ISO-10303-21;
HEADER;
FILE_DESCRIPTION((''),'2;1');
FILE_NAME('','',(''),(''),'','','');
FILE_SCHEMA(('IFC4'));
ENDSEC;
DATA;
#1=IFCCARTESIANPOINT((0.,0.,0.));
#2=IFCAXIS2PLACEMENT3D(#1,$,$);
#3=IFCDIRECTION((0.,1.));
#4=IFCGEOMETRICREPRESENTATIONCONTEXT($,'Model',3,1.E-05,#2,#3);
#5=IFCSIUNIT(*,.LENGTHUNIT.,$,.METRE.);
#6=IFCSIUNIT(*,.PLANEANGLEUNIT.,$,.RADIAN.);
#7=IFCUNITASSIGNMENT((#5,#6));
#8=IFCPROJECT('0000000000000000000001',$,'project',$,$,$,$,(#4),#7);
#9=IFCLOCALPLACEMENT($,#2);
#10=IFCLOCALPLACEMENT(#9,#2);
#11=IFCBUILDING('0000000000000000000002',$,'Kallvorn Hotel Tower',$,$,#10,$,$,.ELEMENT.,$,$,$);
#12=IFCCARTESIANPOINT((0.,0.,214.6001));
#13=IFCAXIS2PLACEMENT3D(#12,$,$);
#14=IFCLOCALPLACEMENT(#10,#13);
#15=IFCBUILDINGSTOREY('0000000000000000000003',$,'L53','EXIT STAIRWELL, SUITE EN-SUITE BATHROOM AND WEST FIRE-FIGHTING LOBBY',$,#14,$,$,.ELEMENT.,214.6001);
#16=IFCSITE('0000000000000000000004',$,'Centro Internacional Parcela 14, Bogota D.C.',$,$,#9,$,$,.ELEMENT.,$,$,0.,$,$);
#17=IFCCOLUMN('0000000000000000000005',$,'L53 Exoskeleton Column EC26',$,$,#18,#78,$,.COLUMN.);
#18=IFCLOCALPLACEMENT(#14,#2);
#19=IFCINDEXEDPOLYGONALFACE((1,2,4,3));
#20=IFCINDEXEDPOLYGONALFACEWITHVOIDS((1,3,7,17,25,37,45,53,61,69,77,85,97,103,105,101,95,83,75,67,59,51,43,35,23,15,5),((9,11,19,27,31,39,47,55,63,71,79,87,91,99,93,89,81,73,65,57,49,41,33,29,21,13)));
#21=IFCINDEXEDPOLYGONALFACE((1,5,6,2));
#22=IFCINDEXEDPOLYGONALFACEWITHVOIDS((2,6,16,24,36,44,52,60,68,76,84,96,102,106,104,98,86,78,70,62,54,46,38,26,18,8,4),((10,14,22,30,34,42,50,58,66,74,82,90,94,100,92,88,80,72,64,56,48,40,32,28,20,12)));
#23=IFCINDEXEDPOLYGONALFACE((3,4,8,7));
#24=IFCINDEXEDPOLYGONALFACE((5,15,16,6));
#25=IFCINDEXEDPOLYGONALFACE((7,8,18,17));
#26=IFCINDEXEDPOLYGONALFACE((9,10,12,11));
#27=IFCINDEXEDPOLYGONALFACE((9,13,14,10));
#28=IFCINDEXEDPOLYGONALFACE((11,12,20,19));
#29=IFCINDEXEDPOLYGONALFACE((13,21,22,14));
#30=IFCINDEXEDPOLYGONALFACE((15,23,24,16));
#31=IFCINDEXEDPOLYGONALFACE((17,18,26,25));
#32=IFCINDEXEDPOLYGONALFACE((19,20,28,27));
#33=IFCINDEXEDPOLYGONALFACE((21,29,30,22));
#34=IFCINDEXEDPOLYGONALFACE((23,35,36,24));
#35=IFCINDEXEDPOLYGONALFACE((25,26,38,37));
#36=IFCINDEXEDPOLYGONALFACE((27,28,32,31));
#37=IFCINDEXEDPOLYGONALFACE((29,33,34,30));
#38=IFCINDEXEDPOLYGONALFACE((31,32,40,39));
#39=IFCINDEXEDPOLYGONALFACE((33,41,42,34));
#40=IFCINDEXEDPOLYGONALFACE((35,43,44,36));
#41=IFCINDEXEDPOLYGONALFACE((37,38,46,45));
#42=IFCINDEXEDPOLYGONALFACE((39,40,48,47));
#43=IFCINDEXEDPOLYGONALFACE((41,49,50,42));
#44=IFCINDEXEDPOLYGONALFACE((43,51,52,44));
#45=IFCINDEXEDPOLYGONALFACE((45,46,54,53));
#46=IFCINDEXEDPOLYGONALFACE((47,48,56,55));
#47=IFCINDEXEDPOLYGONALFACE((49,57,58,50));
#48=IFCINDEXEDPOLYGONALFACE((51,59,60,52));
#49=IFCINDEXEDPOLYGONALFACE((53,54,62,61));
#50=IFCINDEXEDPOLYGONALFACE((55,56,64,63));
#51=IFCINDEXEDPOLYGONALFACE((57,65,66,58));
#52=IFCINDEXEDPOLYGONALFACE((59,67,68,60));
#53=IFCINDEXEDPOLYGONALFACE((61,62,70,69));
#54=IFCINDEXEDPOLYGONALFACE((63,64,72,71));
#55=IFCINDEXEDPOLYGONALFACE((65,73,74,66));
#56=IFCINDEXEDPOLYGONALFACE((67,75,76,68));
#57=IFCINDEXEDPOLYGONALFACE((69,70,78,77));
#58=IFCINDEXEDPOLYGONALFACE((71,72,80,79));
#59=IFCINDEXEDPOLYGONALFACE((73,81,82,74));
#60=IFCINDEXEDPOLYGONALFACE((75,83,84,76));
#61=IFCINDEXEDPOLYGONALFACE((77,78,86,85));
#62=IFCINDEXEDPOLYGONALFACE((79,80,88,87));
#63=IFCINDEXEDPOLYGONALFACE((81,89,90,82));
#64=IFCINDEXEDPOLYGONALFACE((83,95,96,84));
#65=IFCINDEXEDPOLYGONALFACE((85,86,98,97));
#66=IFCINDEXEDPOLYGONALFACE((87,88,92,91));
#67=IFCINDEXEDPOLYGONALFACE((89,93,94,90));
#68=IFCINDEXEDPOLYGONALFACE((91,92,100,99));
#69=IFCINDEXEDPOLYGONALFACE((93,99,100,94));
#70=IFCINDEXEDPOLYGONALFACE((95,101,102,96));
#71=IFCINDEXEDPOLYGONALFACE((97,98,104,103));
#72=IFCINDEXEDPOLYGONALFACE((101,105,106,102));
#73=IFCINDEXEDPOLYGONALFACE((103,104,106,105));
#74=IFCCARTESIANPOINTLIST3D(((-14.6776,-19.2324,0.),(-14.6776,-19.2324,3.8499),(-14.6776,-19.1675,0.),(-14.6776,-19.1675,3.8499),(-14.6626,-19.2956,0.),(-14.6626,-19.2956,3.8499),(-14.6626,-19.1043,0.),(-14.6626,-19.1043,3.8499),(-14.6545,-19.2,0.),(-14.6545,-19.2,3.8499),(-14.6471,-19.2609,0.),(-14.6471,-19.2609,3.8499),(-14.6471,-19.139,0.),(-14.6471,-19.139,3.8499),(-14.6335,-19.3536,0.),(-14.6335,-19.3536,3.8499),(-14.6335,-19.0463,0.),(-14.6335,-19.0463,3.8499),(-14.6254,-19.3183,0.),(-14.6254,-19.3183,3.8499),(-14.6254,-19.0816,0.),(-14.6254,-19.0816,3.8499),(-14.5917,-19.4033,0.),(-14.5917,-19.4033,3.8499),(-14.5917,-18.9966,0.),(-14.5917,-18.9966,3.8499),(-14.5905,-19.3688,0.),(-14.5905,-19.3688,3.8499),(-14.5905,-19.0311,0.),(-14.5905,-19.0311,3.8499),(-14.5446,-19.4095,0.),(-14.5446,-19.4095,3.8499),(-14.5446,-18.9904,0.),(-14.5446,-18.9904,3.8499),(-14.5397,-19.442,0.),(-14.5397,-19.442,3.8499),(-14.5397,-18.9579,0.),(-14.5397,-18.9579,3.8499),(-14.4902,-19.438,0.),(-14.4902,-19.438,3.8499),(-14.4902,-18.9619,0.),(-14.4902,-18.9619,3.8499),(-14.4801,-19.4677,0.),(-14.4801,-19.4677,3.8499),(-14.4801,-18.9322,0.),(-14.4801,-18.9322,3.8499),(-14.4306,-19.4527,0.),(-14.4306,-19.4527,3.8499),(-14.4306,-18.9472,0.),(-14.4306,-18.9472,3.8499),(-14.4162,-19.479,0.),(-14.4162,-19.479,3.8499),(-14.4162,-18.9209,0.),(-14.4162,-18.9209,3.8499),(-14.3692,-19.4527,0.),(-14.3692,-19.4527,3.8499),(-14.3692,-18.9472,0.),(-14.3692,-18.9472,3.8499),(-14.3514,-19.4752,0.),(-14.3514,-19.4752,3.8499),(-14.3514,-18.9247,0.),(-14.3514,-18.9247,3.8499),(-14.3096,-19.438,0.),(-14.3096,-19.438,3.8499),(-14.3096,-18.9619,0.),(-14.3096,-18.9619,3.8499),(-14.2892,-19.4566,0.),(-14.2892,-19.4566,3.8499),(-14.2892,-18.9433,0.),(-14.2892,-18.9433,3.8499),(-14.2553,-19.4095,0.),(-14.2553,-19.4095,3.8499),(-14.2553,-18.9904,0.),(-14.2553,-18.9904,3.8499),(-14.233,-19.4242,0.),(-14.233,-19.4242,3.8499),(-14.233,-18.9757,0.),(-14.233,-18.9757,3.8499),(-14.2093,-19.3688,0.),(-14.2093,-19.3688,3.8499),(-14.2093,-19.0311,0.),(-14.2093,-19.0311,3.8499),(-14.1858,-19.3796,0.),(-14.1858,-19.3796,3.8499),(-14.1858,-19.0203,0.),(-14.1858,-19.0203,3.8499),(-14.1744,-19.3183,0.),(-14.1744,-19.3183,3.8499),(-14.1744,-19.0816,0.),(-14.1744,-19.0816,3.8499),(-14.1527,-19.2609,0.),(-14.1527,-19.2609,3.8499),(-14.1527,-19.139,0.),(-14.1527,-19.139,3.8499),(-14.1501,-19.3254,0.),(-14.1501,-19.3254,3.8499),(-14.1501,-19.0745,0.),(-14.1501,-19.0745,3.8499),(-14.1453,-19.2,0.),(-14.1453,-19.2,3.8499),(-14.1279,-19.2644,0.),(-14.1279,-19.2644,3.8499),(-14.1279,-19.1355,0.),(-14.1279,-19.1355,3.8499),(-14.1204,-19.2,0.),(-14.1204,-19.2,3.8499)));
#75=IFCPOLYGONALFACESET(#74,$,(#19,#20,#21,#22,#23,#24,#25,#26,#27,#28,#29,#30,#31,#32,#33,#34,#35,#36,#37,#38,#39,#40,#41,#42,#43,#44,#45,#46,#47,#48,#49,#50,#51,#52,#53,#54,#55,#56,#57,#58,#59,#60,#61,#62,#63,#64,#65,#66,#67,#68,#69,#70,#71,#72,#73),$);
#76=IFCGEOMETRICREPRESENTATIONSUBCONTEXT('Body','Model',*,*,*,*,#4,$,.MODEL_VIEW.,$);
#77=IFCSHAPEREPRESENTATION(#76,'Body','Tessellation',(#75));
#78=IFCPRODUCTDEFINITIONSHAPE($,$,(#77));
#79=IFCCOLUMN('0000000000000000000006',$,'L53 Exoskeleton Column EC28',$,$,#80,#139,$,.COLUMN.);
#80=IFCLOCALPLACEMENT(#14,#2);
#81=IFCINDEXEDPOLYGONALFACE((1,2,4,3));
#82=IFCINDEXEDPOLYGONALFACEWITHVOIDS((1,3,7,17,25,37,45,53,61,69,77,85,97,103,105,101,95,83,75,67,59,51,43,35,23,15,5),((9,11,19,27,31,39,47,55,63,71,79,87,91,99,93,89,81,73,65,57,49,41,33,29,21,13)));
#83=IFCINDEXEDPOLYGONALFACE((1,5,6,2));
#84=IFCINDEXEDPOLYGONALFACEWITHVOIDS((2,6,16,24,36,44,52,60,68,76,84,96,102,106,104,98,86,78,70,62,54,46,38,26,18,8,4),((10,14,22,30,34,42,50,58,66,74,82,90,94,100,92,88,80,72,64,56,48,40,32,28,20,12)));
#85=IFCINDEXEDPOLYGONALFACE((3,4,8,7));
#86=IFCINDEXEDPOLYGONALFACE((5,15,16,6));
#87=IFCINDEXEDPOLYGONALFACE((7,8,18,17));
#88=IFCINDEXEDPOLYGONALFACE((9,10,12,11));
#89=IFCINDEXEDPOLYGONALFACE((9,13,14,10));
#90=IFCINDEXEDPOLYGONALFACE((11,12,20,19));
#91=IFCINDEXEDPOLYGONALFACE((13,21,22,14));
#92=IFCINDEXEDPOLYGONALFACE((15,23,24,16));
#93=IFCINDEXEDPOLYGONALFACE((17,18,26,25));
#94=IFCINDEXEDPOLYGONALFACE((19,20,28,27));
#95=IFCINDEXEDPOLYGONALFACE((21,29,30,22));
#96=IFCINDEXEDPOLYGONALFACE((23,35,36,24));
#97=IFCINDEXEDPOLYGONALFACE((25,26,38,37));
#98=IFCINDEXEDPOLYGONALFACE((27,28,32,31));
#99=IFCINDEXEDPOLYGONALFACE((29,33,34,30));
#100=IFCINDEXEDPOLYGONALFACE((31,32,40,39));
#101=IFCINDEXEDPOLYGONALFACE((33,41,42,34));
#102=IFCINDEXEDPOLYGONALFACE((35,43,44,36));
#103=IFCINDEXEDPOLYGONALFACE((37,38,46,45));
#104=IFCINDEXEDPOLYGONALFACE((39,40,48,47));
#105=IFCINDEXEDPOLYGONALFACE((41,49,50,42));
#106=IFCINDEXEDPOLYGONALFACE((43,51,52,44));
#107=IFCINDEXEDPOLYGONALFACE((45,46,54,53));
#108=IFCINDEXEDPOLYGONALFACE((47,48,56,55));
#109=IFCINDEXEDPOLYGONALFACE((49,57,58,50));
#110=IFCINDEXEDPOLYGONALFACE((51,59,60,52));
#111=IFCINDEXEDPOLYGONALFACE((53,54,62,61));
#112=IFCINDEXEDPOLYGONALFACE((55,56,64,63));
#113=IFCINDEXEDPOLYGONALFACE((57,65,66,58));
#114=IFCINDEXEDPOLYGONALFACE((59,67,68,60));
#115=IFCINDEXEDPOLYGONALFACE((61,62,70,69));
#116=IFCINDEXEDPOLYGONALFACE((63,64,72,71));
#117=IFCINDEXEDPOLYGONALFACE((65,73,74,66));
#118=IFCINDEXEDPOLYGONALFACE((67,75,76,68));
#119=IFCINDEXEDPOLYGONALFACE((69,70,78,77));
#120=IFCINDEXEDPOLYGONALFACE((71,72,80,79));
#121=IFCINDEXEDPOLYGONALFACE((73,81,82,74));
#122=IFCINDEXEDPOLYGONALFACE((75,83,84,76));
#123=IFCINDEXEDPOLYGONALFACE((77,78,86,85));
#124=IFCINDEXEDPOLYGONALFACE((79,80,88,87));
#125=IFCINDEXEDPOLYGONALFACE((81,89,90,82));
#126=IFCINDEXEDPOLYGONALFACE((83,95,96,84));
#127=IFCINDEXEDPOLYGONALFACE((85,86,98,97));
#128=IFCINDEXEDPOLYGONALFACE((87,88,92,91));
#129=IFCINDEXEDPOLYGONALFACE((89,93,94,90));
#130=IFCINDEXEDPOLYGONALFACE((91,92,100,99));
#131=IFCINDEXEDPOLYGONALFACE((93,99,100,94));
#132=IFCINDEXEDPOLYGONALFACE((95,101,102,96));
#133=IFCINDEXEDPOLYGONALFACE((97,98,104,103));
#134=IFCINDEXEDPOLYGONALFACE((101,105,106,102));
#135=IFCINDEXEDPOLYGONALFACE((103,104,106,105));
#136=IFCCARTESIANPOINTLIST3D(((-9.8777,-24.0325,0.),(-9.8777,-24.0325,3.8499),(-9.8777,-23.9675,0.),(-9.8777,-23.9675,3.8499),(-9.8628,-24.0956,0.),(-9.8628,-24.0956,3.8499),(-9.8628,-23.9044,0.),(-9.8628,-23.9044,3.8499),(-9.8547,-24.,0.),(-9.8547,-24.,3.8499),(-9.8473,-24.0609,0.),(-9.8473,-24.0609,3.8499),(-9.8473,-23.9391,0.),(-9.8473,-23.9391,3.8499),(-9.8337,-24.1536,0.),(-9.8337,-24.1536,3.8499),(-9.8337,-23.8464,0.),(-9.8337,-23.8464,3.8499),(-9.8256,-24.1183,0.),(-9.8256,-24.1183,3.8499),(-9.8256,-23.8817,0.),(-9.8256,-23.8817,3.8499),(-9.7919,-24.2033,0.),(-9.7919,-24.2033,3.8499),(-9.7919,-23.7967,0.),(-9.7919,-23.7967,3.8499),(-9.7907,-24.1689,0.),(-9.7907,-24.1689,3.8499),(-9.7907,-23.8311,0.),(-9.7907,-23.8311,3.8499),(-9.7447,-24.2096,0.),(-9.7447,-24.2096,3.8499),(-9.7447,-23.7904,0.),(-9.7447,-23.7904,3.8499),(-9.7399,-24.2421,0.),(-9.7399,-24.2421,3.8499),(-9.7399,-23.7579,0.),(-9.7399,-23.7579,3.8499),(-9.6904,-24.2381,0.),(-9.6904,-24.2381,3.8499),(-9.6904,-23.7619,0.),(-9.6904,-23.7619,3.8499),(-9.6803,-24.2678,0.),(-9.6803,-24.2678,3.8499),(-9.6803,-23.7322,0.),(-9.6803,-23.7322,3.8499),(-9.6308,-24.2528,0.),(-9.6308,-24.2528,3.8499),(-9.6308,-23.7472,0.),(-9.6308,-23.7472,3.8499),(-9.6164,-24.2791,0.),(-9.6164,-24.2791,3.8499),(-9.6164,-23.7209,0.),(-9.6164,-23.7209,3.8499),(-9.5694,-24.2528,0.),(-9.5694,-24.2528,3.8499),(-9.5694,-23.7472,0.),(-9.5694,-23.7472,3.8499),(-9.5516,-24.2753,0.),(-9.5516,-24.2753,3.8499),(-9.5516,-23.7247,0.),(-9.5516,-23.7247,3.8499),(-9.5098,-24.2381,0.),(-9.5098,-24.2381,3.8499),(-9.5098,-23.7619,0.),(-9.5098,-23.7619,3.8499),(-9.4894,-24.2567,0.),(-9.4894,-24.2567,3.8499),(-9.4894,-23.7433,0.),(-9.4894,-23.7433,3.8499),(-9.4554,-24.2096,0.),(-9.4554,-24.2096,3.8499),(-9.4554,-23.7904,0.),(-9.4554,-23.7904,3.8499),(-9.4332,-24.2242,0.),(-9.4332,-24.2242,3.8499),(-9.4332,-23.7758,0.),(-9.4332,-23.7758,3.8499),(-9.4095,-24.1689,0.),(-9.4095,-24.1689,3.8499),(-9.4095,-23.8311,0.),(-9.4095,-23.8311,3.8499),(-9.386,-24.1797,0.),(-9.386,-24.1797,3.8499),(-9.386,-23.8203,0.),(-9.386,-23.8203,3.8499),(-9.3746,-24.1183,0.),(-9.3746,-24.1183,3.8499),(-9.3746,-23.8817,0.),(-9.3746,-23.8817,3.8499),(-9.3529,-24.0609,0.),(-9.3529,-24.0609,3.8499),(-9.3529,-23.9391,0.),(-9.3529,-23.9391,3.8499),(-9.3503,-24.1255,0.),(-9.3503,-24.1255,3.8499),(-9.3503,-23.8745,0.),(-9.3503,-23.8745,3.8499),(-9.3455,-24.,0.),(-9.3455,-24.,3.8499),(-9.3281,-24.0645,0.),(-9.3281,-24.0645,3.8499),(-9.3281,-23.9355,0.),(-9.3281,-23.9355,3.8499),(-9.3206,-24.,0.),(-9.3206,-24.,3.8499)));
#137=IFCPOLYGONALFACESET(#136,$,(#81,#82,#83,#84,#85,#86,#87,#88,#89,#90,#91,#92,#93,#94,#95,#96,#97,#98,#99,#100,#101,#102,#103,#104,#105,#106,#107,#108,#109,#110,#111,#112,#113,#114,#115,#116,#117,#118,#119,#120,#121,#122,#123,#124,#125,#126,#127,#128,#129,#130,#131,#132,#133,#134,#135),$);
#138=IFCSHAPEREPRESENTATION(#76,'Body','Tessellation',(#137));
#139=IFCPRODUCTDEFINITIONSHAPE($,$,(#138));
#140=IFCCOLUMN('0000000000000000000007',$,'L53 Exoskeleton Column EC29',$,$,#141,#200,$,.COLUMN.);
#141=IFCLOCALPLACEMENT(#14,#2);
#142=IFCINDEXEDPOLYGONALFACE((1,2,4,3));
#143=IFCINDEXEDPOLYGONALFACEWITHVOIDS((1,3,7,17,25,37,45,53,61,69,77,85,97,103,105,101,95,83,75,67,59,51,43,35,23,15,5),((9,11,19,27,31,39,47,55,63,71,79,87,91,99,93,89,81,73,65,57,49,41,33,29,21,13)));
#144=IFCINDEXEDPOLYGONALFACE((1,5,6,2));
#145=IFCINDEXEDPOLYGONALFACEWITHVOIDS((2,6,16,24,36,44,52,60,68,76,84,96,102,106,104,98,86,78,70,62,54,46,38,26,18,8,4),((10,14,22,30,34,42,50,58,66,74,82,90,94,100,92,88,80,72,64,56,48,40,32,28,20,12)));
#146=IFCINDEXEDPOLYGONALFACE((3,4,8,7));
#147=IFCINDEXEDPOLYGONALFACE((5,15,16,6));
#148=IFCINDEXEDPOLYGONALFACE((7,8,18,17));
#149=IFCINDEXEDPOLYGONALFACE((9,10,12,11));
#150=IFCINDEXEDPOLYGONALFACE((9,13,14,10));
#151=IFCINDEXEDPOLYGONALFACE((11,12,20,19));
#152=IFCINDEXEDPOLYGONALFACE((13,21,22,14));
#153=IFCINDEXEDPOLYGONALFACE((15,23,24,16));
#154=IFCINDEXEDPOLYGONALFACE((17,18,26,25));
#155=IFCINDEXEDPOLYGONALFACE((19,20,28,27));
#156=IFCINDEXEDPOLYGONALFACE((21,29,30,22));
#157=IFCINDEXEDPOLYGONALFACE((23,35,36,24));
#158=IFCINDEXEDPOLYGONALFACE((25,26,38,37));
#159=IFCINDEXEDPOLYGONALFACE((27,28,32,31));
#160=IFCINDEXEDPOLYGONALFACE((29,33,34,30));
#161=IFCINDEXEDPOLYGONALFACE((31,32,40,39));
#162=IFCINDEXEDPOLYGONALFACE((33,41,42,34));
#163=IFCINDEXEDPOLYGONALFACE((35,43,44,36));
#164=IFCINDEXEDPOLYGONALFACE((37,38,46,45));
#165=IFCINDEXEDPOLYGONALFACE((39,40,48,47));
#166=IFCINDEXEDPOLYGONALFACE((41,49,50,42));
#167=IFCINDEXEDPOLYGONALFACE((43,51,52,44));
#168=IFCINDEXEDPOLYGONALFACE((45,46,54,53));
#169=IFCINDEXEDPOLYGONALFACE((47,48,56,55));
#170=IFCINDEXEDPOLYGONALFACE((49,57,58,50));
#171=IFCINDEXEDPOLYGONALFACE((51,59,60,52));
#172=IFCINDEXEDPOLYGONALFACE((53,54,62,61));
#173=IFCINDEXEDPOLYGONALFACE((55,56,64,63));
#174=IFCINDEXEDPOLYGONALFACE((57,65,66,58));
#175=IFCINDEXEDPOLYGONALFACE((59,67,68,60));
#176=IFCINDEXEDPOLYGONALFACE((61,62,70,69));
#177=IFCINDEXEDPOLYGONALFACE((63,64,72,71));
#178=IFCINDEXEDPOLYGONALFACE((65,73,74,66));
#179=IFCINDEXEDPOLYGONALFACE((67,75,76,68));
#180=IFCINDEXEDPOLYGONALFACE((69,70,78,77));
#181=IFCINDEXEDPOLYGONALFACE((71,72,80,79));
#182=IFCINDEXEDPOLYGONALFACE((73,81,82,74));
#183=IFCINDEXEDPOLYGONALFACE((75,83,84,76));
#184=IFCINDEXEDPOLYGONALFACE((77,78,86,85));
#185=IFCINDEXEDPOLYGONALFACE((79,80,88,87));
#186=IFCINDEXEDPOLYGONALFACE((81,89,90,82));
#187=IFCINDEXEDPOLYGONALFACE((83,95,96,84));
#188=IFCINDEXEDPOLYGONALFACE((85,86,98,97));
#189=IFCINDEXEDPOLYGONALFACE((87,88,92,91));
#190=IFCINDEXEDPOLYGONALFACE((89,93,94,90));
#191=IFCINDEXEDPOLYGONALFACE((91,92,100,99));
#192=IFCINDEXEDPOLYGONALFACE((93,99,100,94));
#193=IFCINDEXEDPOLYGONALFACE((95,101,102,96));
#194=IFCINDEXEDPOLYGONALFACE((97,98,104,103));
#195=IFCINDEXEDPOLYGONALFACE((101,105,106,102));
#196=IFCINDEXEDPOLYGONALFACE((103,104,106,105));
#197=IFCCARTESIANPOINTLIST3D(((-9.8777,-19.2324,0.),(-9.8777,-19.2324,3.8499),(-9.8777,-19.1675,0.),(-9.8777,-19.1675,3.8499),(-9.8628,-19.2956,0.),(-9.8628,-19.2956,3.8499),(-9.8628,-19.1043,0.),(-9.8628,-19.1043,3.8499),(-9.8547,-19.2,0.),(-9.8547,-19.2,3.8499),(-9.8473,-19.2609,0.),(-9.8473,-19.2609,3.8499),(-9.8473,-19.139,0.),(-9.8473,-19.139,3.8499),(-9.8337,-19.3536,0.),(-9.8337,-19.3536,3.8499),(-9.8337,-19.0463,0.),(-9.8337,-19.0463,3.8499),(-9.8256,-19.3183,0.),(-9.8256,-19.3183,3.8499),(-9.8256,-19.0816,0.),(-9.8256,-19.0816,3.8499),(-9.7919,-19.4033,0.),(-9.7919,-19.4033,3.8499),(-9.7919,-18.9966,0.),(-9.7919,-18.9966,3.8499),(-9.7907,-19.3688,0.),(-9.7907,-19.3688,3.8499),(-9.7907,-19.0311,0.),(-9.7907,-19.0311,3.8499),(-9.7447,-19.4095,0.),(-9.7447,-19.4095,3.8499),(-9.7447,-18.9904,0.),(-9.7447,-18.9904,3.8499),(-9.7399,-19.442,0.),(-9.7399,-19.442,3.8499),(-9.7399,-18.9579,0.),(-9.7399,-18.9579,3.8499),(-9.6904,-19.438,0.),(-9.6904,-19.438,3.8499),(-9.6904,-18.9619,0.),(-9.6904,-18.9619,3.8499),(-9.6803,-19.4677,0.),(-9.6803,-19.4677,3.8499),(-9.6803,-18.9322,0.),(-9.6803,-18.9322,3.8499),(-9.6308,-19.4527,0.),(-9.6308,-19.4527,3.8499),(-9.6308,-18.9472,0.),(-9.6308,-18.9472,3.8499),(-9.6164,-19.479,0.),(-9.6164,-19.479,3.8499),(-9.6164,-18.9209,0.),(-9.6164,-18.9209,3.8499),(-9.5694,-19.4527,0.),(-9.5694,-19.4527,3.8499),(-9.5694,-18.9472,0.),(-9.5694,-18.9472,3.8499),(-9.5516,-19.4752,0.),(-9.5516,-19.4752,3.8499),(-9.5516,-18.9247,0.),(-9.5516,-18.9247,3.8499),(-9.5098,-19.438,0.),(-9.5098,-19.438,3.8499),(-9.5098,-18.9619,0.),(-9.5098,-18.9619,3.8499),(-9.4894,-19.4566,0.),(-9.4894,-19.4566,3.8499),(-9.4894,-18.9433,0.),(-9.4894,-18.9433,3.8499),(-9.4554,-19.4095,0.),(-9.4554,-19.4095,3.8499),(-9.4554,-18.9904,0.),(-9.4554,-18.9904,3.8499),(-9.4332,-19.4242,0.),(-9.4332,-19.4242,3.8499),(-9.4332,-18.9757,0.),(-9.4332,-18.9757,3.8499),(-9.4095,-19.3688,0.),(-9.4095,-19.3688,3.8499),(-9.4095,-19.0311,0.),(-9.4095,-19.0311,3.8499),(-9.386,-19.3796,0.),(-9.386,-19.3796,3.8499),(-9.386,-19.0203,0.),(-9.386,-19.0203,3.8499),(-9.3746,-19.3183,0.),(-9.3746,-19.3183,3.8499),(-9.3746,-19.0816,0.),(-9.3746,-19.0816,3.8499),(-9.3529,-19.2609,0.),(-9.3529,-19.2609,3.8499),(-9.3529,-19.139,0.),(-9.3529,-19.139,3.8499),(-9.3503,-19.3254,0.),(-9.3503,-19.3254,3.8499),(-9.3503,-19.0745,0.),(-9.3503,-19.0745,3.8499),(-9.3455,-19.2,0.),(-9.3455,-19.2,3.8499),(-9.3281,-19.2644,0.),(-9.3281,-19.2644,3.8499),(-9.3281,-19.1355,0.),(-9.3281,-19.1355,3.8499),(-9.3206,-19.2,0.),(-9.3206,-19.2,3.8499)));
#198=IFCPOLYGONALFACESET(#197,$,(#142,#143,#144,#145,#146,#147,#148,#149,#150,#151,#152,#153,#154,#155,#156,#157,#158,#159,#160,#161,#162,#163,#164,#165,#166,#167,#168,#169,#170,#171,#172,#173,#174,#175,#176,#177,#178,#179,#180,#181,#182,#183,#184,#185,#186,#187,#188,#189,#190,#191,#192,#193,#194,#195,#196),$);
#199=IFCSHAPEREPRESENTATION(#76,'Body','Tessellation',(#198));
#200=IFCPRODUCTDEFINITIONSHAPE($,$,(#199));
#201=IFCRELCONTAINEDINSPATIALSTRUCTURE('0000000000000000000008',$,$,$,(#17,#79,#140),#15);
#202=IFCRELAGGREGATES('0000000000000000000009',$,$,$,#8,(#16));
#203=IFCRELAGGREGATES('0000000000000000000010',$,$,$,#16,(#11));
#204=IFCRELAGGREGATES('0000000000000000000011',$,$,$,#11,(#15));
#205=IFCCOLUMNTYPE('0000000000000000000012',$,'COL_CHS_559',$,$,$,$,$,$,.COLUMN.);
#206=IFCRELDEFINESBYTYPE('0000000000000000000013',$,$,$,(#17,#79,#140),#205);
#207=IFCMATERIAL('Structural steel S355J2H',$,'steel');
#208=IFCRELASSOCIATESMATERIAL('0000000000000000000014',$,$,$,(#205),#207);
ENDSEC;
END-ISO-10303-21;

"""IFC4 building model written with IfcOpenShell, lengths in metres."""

from ifc_helpers import new_model, si_unit, direction, frame, origin, origin_2d, place, context, subcontext, project, spatial, hollow_circle, extrude, material, material_profile, profile_set, type_object, element, save


model = new_model("IFC4")

# Units and contexts
model_context = context("Model", 3, precision=1e-05, world=origin(), true_north=direction((0.0, 1.0)))
body_context = subcontext(model_context, "Body", "Model", "MODEL_VIEW")
ifc_project = project(units=[si_unit("LENGTHUNIT", "METRE"), si_unit("PLANEANGLEUNIT", "RADIAN")], contexts=[model_context])

# Site, building, storey
site_placement = place(None, origin())
site = spatial("IfcSite", under=ifc_project, at=site_placement, Name="Centro Internacional Parcela 14, Bogota D.C.", CompositionType="ELEMENT", RefElevation=0.0)
building_placement = place(site_placement, origin())
building = spatial("IfcBuilding", under=site, at=building_placement, Name="Kallvorn Hotel Tower", CompositionType="ELEMENT")
storey_placement = place(building_placement, frame((0.0, 0.0, 214.6001)))
storey = spatial("IfcBuildingStorey", under=building, at=storey_placement, Name="L53", Description="EXIT STAIRWELL, SUITE EN-SUITE BATHROOM AND WEST FIRE-FIGHTING LOBBY", CompositionType="ELEMENT", Elevation=214.6001)

# Columns
ifc_material_1 = material(Name="Structural steel S355J2H", Category="steel")
ifc_material_profile_1 = material_profile(ifc_material_1, hollow_circle(Radius=0.2795, WallThickness=0.0249, at=origin_2d()), Name="CHS 559x25")
ifc_profile_set_1 = profile_set([ifc_material_profile_1], Name="Structural steel S355J2H")
column_type_1 = type_object("IfcColumnType", Name="COL_CHS_559", PredefinedType="COLUMN", material=ifc_profile_set_1)
for number, where, z_axis, x_axis, name in (
    (1, (-14.3999, -19.2, 0.0), (0.0, 0.0, 1.0), (1.0, 0.0, 0.0), "L53 Exoskeleton Column EC26"),
    (2, (-9.6001, -24.0, 0.0), (0.0, 0.0, 1.0), (1.0, 0.0, 0.0), "L53 Exoskeleton Column EC28"),
    (3, (-9.6001, -19.2, 0.0), (0.0, 0.0, 1.0), (1.0, 0.0, 0.0), "L53 Exoskeleton Column EC29"),
):
    element("IfcColumn", number, at=place(storey_placement, frame(where, z_axis=z_axis, x_axis=x_axis)), inside=storey, type_object=column_type_1, Name=name, PredefinedType="COLUMN", context=body_context, shape_type="SweptSolid", body=[
        extrude(hollow_circle(Radius=0.2795, WallThickness=0.0249, at=origin_2d()), origin(), (0.0, 0.0, 1.0), 3.8499),
    ])

save(model, "model.ifc")
